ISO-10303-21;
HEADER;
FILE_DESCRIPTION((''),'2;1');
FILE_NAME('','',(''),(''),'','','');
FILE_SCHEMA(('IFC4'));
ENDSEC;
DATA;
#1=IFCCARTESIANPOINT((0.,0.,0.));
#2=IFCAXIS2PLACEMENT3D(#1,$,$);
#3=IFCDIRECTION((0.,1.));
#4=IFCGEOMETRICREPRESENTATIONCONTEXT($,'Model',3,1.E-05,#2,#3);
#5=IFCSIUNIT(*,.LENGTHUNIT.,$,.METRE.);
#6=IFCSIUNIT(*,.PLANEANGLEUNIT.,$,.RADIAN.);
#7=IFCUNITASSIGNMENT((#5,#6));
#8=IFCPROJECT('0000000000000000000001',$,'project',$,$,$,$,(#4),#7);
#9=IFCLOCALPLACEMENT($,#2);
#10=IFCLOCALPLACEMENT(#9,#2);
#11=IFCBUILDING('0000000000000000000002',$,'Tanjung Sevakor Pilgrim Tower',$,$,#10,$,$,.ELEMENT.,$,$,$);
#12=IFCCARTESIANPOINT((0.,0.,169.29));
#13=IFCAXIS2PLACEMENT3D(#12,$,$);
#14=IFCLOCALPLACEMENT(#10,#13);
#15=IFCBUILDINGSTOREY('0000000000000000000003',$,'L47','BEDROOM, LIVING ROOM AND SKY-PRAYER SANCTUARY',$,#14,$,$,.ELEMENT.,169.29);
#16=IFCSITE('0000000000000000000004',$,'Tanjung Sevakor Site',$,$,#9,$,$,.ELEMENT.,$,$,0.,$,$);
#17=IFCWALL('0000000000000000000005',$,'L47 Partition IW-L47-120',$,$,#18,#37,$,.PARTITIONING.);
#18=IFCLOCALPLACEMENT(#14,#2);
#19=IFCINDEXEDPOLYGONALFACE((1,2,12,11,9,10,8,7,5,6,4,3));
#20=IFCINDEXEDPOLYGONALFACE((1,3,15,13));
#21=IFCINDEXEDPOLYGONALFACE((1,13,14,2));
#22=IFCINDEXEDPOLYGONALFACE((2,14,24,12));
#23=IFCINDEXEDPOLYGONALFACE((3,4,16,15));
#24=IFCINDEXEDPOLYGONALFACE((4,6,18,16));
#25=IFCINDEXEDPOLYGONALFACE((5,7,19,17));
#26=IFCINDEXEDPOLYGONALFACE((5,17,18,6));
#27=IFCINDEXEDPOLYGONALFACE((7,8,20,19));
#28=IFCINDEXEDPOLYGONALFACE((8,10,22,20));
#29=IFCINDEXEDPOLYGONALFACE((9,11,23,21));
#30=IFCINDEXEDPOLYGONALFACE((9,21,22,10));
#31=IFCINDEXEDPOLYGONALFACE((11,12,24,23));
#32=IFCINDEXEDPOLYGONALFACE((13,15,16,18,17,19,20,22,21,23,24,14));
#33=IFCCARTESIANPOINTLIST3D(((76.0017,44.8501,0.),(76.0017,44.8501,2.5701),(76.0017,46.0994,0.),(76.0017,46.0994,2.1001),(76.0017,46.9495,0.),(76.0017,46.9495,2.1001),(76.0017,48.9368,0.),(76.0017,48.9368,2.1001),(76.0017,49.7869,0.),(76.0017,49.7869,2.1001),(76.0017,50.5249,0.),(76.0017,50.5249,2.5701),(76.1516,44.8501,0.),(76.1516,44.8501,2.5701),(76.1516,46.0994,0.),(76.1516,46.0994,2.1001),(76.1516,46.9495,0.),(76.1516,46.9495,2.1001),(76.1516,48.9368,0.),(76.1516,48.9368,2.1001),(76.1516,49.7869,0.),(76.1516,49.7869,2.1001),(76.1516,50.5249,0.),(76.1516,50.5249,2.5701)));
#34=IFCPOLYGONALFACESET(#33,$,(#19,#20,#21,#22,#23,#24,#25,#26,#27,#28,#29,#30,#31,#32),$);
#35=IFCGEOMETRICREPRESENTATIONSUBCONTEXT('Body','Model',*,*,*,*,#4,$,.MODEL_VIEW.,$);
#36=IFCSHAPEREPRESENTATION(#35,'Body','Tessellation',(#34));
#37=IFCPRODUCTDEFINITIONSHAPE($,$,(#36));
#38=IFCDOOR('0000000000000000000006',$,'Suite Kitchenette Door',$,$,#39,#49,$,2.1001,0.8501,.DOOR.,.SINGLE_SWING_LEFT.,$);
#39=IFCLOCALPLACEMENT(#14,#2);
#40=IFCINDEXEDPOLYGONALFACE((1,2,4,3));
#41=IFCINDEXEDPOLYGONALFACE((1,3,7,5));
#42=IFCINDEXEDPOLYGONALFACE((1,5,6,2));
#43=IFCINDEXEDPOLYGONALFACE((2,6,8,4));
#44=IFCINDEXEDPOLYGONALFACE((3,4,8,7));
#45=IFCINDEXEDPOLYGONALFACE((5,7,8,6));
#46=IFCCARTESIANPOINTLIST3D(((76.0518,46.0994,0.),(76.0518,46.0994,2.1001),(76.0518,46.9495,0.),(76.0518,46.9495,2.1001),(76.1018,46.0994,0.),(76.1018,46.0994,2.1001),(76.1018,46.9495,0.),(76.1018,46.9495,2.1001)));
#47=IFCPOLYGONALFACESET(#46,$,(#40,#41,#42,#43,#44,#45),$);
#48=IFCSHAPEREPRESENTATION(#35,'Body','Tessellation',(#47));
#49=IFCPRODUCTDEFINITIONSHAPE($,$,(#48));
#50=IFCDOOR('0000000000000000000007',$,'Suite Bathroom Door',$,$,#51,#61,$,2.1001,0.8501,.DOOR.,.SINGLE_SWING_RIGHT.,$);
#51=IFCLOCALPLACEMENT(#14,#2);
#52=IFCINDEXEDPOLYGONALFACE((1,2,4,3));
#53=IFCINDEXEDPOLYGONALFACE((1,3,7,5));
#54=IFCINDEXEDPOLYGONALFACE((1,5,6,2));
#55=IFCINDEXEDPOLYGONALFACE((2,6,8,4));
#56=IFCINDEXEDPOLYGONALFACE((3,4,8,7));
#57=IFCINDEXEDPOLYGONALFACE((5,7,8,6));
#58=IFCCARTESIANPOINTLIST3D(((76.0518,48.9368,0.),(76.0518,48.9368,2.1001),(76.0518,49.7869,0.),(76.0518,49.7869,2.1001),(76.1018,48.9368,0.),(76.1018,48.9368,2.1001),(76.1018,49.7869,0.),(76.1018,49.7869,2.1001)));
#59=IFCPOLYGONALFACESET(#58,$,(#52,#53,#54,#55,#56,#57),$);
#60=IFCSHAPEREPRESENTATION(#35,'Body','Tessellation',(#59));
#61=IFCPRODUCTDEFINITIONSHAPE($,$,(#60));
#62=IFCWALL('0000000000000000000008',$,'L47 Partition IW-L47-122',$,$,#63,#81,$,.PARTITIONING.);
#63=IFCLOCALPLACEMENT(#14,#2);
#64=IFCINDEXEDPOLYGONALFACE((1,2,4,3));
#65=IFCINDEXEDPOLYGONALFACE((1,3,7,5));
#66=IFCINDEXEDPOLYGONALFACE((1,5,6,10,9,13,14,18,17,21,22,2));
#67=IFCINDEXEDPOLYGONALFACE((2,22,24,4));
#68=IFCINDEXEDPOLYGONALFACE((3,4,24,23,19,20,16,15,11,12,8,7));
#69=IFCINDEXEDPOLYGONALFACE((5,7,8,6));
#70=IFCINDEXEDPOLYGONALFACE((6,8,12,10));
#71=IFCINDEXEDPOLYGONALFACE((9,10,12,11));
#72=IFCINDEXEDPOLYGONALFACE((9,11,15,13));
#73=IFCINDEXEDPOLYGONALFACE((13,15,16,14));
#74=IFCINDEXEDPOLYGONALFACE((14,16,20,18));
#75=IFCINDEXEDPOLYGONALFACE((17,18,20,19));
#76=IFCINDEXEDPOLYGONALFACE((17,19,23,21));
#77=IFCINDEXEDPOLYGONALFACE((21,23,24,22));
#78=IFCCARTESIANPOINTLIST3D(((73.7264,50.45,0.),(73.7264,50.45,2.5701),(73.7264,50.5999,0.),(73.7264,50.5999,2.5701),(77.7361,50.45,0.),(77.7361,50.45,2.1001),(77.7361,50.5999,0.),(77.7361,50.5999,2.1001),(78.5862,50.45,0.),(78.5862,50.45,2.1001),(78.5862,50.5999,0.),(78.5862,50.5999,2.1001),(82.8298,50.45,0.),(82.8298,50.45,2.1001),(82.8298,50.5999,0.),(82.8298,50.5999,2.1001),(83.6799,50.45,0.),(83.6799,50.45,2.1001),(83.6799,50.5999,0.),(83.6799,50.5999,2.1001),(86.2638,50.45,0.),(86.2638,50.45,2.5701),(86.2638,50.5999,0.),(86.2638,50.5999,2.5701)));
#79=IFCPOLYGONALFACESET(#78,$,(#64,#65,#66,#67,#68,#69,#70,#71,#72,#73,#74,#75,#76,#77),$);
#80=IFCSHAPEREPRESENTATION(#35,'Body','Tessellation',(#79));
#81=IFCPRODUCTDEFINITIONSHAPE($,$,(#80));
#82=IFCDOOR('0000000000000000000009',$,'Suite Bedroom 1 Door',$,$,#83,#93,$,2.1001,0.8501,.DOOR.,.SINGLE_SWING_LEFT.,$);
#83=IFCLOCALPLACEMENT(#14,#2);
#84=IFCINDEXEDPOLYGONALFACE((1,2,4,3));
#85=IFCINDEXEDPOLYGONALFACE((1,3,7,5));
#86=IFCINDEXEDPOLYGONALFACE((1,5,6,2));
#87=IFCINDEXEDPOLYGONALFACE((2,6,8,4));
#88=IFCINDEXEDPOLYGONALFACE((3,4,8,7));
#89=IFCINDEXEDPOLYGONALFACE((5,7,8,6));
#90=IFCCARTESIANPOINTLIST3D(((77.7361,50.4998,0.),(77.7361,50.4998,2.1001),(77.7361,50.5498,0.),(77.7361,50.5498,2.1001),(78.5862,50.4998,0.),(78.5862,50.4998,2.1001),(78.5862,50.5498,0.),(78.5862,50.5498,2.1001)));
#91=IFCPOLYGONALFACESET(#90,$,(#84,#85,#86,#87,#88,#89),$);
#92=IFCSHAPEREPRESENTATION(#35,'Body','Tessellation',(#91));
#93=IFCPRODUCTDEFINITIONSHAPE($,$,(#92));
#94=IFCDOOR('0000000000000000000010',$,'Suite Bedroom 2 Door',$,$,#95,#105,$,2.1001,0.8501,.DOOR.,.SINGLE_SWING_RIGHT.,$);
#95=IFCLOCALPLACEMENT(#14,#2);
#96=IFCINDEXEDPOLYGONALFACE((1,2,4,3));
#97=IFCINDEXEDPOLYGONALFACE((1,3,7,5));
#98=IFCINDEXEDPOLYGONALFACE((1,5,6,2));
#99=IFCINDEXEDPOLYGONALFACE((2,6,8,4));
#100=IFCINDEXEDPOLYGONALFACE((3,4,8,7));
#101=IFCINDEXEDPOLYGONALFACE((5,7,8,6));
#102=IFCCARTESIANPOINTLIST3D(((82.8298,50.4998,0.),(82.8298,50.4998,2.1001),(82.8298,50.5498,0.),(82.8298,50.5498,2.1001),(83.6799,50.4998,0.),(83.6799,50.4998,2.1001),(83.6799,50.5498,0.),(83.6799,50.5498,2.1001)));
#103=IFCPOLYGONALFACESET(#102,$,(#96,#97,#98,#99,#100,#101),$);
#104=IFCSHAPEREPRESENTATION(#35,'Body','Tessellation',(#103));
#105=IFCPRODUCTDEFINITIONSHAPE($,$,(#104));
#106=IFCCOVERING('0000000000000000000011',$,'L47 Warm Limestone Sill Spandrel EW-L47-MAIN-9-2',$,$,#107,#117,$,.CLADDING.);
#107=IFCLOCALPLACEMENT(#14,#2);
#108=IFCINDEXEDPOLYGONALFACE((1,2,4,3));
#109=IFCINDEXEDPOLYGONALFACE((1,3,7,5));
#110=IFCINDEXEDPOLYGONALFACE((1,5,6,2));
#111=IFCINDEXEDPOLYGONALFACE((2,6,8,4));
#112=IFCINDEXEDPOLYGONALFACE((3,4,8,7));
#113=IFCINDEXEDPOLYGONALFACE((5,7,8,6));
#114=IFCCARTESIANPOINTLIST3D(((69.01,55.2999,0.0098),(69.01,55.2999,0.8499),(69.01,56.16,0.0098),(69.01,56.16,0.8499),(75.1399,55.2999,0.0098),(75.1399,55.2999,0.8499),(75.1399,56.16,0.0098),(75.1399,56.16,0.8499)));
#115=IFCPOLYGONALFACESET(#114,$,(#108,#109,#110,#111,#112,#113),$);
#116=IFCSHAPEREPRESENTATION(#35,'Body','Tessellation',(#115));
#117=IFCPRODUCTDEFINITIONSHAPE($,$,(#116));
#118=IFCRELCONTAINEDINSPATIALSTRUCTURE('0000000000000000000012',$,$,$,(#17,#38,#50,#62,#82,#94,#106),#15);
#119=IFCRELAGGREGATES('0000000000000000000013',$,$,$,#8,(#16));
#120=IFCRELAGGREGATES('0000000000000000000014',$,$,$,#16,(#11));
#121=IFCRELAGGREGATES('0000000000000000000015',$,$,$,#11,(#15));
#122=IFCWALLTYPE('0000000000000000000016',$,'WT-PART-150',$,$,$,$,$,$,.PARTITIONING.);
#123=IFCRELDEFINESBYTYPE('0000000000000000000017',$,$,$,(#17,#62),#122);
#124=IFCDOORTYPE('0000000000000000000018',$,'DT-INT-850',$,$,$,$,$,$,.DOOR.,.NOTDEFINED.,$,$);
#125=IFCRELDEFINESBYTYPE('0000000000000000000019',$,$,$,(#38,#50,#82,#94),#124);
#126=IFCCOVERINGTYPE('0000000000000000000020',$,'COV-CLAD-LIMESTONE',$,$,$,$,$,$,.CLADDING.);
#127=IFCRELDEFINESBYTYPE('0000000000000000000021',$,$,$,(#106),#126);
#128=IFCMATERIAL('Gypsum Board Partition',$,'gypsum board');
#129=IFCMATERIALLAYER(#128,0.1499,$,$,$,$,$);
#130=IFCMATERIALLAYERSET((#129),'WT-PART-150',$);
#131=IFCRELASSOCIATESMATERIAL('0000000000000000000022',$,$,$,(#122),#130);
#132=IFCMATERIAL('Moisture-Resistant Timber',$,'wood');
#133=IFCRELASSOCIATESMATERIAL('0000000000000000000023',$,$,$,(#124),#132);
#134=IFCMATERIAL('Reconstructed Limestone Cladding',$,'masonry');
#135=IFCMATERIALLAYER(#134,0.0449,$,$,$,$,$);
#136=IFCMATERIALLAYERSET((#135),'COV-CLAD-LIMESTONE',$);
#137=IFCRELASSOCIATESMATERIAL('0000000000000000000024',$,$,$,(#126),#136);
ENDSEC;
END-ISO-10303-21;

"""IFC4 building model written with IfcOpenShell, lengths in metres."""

from ifc_helpers import new_model, si_unit, direction, frame, frame_2d, origin, origin_2d, place, context, subcontext, project, spatial, rectangle, extrude, material, layer, layer_set, type_object, element, fill, save


model = new_model("IFC4")

# Units and contexts
model_context = context("Model", 3, precision=1e-05, world=origin(), true_north=direction((0.0, 1.0)))
body_context = subcontext(model_context, "Body", "Model", "MODEL_VIEW")
ifc_project = project(units=[si_unit("LENGTHUNIT", "METRE"), si_unit("PLANEANGLEUNIT", "RADIAN")], contexts=[model_context])

# Site, building, storey
site_placement = place(None, origin())
site = spatial("IfcSite", under=ifc_project, at=site_placement, Name="Tanjung Sevakor Site", CompositionType="ELEMENT", RefElevation=0.0)
building_placement = place(site_placement, origin())
building = spatial("IfcBuilding", under=site, at=building_placement, Name="Tanjung Sevakor Pilgrim Tower", CompositionType="ELEMENT")
storey_placement = place(building_placement, frame((0.0, 0.0, 169.29)))
storey = spatial("IfcBuildingStorey", under=building, at=storey_placement, Name="L47", Description="BEDROOM, LIVING ROOM AND SKY-PRAYER SANCTUARY", CompositionType="ELEMENT", Elevation=169.29)

# Shared definitions
ifc_material_1 = material(Name="Gypsum Board Partition", Category="gypsum board")
ifc_layer_1 = layer(ifc_material_1, 0.1499)
ifc_layer_set_1 = layer_set([ifc_layer_1], Name="WT-PART-150")
wall_type_1 = type_object("IfcWallType", Name="WT-PART-150", PredefinedType="PARTITIONING", material=ifc_layer_set_1)

# Walls, openings, doors
wall_1_placement = place(storey_placement, frame((76.0767, 44.8501, 0.0), z_axis=(0.0, 0.0, 1.0), x_axis=(0.0, 1.0, 0.0)))
wall_1 = element("IfcWall", 1, at=wall_1_placement, inside=storey, type_object=wall_type_1, Name="L47 Partition IW-L47-120", PredefinedType="PARTITIONING", context=body_context, shape_type="SweptSolid", body=[
    extrude(rectangle(XDim=5.6748, YDim=0.1499, at=frame_2d((2.8374, 0.0))), origin(), (0.0, 0.0, 1.0), 2.5701),
])
opening_1_placement = place(wall_1_placement, frame((1.2493, 0.0, 0.0)))
opening_1 = element("IfcOpeningElement", 2, at=opening_1_placement, cuts=wall_1, PredefinedType="OPENING", context=body_context, shape_type="SweptSolid", body=[
    extrude(rectangle(XDim=0.8501, YDim=2.1001, at=frame_2d((0.425, 1.05))), frame((0.0, 0.085, 0.0), z_axis=(0.0, -1.0, 0.0), x_axis=(1.0, 0.0, 0.0)), (0.0, 0.0, 1.0), 0.1699),
])
opening_2_placement = place(wall_1_placement, frame((4.0867, 0.0, 0.0)))
opening_2 = element("IfcOpeningElement", 3, at=opening_2_placement, cuts=wall_1, PredefinedType="OPENING", context=body_context, shape_type="SweptSolid", body=[
    extrude(rectangle(XDim=0.8501, YDim=2.1001, at=frame_2d((0.425, 1.05))), frame((0.0, 0.085, 0.0), z_axis=(0.0, -1.0, 0.0), x_axis=(1.0, 0.0, 0.0)), (0.0, 0.0, 1.0), 0.1699),
])
ifc_material_2 = material(Name="Moisture-Resistant Timber", Category="wood")
door_type_1 = type_object("IfcDoorType", Name="DT-INT-850", OperationType="NOTDEFINED", PredefinedType="DOOR", material=ifc_material_2)
door_1_placement = place(opening_1_placement, origin())
door_1 = element("IfcDoor", 4, at=door_1_placement, inside=storey, type_object=door_type_1, Name="Suite Kitchenette Door", OperationType="SINGLE_SWING_LEFT", OverallHeight=2.1001, OverallWidth=0.8501, PredefinedType="DOOR", context=body_context, shape_type="SweptSolid", body=[
    extrude(rectangle(XDim=0.8501, YDim=2.1001, at=frame_2d((0.425, 1.05))), frame((0.0, 0.0249, 0.0), z_axis=(0.0, -1.0, 0.0), x_axis=(1.0, 0.0, 0.0)), (0.0, 0.0, 1.0), 0.05),
])
fill(opening_1, door_1)
door_2_placement = place(opening_2_placement, origin())
door_2 = element("IfcDoor", 5, at=door_2_placement, inside=storey, type_object=door_type_1, Name="Suite Bathroom Door", OperationType="SINGLE_SWING_RIGHT", OverallHeight=2.1001, OverallWidth=0.8501, PredefinedType="DOOR", context=body_context, shape_type="SweptSolid", body=[
    extrude(rectangle(XDim=0.8501, YDim=2.1001, at=frame_2d((0.425, 1.05))), frame((0.0, 0.0249, 0.0), z_axis=(0.0, -1.0, 0.0), x_axis=(1.0, 0.0, 0.0)), (0.0, 0.0, 1.0), 0.05),
])
fill(opening_2, door_2)
wall_2_placement = place(storey_placement, frame((73.7266, 50.5249, 0.0), z_axis=(0.0, 0.0, 1.0), x_axis=(1.0, 0.0, 0.0)))
wall_2 = element("IfcWall", 6, at=wall_2_placement, inside=storey, type_object=wall_type_1, Name="L47 Partition IW-L47-122", PredefinedType="PARTITIONING", context=body_context, shape_type="SweptSolid", body=[
    extrude(rectangle(XDim=12.5374, YDim=0.1499, at=frame_2d((6.2686, 0.0))), origin(), (0.0, 0.0, 1.0), 2.5701),
])
opening_3_placement = place(wall_2_placement, frame((4.0095, 0.0, 0.0)))
opening_3 = element("IfcOpeningElement", 7, at=opening_3_placement, cuts=wall_2, PredefinedType="OPENING", context=body_context, shape_type="SweptSolid", body=[
    extrude(rectangle(XDim=0.8501, YDim=2.1001, at=frame_2d((0.425, 1.05))), frame((0.0, 0.085, 0.0), z_axis=(0.0, -1.0, 0.0), x_axis=(1.0, 0.0, 0.0)), (0.0, 0.0, 1.0), 0.1699),
])
opening_4_placement = place(wall_2_placement, frame((9.1033, 0.0, 0.0)))
opening_4 = element("IfcOpeningElement", 8, at=opening_4_placement, cuts=wall_2, PredefinedType="OPENING", context=body_context, shape_type="SweptSolid", body=[
    extrude(rectangle(XDim=0.8501, YDim=2.1001, at=frame_2d((0.425, 1.05))), frame((0.0, 0.085, 0.0), z_axis=(0.0, -1.0, 0.0), x_axis=(1.0, 0.0, 0.0)), (0.0, 0.0, 1.0), 0.1699),
])
door_3_placement = place(opening_3_placement, origin())
door_3 = element("IfcDoor", 9, at=door_3_placement, inside=storey, type_object=door_type_1, Name="Suite Bedroom 1 Door", OperationType="SINGLE_SWING_LEFT", OverallHeight=2.1001, OverallWidth=0.8501, PredefinedType="DOOR", context=body_context, shape_type="SweptSolid", body=[
    extrude(rectangle(XDim=0.8501, YDim=2.1001, at=frame_2d((0.425, 1.05))), frame((0.0, 0.0249, 0.0), z_axis=(0.0, -1.0, 0.0), x_axis=(1.0, 0.0, 0.0)), (0.0, 0.0, 1.0), 0.05),
])
fill(opening_3, door_3)
door_4_placement = place(opening_4_placement, origin())
door_4 = element("IfcDoor", 10, at=door_4_placement, inside=storey, type_object=door_type_1, Name="Suite Bedroom 2 Door", OperationType="SINGLE_SWING_RIGHT", OverallHeight=2.1001, OverallWidth=0.8501, PredefinedType="DOOR", context=body_context, shape_type="SweptSolid", body=[
    extrude(rectangle(XDim=0.8501, YDim=2.1001, at=frame_2d((0.425, 1.05))), frame((0.0, 0.0249, 0.0), z_axis=(0.0, -1.0, 0.0), x_axis=(1.0, 0.0, 0.0)), (0.0, 0.0, 1.0), 0.05),
])
fill(opening_4, door_4)

# Covering
ifc_material_3 = material(Name="Reconstructed Limestone Cladding", Category="masonry")
ifc_layer_2 = layer(ifc_material_3, 0.0449)
ifc_layer_set_2 = layer_set([ifc_layer_2], Name="COV-CLAD-LIMESTONE")
covering_type = type_object("IfcCoveringType", Name="COV-CLAD-LIMESTONE", PredefinedType="CLADDING", material=ifc_layer_set_2)
covering_placement = place(storey_placement, frame((72.075, 55.73, 0.0098), z_axis=(0.0, 0.0, 1.0), x_axis=(-1.0, 0.0, 0.0)))
element("IfcCovering", 11, at=covering_placement, inside=storey, type_object=covering_type, Name="L47 Warm Limestone Sill Spandrel EW-L47-MAIN-9-2", PredefinedType="CLADDING", context=body_context, shape_type="SweptSolid", body=[
    extrude(rectangle(XDim=6.1299, YDim=0.8601, at=origin_2d()), origin(), (0.0, 0.0, 1.0), 0.8401),
])

save(model, "model.ifc")
